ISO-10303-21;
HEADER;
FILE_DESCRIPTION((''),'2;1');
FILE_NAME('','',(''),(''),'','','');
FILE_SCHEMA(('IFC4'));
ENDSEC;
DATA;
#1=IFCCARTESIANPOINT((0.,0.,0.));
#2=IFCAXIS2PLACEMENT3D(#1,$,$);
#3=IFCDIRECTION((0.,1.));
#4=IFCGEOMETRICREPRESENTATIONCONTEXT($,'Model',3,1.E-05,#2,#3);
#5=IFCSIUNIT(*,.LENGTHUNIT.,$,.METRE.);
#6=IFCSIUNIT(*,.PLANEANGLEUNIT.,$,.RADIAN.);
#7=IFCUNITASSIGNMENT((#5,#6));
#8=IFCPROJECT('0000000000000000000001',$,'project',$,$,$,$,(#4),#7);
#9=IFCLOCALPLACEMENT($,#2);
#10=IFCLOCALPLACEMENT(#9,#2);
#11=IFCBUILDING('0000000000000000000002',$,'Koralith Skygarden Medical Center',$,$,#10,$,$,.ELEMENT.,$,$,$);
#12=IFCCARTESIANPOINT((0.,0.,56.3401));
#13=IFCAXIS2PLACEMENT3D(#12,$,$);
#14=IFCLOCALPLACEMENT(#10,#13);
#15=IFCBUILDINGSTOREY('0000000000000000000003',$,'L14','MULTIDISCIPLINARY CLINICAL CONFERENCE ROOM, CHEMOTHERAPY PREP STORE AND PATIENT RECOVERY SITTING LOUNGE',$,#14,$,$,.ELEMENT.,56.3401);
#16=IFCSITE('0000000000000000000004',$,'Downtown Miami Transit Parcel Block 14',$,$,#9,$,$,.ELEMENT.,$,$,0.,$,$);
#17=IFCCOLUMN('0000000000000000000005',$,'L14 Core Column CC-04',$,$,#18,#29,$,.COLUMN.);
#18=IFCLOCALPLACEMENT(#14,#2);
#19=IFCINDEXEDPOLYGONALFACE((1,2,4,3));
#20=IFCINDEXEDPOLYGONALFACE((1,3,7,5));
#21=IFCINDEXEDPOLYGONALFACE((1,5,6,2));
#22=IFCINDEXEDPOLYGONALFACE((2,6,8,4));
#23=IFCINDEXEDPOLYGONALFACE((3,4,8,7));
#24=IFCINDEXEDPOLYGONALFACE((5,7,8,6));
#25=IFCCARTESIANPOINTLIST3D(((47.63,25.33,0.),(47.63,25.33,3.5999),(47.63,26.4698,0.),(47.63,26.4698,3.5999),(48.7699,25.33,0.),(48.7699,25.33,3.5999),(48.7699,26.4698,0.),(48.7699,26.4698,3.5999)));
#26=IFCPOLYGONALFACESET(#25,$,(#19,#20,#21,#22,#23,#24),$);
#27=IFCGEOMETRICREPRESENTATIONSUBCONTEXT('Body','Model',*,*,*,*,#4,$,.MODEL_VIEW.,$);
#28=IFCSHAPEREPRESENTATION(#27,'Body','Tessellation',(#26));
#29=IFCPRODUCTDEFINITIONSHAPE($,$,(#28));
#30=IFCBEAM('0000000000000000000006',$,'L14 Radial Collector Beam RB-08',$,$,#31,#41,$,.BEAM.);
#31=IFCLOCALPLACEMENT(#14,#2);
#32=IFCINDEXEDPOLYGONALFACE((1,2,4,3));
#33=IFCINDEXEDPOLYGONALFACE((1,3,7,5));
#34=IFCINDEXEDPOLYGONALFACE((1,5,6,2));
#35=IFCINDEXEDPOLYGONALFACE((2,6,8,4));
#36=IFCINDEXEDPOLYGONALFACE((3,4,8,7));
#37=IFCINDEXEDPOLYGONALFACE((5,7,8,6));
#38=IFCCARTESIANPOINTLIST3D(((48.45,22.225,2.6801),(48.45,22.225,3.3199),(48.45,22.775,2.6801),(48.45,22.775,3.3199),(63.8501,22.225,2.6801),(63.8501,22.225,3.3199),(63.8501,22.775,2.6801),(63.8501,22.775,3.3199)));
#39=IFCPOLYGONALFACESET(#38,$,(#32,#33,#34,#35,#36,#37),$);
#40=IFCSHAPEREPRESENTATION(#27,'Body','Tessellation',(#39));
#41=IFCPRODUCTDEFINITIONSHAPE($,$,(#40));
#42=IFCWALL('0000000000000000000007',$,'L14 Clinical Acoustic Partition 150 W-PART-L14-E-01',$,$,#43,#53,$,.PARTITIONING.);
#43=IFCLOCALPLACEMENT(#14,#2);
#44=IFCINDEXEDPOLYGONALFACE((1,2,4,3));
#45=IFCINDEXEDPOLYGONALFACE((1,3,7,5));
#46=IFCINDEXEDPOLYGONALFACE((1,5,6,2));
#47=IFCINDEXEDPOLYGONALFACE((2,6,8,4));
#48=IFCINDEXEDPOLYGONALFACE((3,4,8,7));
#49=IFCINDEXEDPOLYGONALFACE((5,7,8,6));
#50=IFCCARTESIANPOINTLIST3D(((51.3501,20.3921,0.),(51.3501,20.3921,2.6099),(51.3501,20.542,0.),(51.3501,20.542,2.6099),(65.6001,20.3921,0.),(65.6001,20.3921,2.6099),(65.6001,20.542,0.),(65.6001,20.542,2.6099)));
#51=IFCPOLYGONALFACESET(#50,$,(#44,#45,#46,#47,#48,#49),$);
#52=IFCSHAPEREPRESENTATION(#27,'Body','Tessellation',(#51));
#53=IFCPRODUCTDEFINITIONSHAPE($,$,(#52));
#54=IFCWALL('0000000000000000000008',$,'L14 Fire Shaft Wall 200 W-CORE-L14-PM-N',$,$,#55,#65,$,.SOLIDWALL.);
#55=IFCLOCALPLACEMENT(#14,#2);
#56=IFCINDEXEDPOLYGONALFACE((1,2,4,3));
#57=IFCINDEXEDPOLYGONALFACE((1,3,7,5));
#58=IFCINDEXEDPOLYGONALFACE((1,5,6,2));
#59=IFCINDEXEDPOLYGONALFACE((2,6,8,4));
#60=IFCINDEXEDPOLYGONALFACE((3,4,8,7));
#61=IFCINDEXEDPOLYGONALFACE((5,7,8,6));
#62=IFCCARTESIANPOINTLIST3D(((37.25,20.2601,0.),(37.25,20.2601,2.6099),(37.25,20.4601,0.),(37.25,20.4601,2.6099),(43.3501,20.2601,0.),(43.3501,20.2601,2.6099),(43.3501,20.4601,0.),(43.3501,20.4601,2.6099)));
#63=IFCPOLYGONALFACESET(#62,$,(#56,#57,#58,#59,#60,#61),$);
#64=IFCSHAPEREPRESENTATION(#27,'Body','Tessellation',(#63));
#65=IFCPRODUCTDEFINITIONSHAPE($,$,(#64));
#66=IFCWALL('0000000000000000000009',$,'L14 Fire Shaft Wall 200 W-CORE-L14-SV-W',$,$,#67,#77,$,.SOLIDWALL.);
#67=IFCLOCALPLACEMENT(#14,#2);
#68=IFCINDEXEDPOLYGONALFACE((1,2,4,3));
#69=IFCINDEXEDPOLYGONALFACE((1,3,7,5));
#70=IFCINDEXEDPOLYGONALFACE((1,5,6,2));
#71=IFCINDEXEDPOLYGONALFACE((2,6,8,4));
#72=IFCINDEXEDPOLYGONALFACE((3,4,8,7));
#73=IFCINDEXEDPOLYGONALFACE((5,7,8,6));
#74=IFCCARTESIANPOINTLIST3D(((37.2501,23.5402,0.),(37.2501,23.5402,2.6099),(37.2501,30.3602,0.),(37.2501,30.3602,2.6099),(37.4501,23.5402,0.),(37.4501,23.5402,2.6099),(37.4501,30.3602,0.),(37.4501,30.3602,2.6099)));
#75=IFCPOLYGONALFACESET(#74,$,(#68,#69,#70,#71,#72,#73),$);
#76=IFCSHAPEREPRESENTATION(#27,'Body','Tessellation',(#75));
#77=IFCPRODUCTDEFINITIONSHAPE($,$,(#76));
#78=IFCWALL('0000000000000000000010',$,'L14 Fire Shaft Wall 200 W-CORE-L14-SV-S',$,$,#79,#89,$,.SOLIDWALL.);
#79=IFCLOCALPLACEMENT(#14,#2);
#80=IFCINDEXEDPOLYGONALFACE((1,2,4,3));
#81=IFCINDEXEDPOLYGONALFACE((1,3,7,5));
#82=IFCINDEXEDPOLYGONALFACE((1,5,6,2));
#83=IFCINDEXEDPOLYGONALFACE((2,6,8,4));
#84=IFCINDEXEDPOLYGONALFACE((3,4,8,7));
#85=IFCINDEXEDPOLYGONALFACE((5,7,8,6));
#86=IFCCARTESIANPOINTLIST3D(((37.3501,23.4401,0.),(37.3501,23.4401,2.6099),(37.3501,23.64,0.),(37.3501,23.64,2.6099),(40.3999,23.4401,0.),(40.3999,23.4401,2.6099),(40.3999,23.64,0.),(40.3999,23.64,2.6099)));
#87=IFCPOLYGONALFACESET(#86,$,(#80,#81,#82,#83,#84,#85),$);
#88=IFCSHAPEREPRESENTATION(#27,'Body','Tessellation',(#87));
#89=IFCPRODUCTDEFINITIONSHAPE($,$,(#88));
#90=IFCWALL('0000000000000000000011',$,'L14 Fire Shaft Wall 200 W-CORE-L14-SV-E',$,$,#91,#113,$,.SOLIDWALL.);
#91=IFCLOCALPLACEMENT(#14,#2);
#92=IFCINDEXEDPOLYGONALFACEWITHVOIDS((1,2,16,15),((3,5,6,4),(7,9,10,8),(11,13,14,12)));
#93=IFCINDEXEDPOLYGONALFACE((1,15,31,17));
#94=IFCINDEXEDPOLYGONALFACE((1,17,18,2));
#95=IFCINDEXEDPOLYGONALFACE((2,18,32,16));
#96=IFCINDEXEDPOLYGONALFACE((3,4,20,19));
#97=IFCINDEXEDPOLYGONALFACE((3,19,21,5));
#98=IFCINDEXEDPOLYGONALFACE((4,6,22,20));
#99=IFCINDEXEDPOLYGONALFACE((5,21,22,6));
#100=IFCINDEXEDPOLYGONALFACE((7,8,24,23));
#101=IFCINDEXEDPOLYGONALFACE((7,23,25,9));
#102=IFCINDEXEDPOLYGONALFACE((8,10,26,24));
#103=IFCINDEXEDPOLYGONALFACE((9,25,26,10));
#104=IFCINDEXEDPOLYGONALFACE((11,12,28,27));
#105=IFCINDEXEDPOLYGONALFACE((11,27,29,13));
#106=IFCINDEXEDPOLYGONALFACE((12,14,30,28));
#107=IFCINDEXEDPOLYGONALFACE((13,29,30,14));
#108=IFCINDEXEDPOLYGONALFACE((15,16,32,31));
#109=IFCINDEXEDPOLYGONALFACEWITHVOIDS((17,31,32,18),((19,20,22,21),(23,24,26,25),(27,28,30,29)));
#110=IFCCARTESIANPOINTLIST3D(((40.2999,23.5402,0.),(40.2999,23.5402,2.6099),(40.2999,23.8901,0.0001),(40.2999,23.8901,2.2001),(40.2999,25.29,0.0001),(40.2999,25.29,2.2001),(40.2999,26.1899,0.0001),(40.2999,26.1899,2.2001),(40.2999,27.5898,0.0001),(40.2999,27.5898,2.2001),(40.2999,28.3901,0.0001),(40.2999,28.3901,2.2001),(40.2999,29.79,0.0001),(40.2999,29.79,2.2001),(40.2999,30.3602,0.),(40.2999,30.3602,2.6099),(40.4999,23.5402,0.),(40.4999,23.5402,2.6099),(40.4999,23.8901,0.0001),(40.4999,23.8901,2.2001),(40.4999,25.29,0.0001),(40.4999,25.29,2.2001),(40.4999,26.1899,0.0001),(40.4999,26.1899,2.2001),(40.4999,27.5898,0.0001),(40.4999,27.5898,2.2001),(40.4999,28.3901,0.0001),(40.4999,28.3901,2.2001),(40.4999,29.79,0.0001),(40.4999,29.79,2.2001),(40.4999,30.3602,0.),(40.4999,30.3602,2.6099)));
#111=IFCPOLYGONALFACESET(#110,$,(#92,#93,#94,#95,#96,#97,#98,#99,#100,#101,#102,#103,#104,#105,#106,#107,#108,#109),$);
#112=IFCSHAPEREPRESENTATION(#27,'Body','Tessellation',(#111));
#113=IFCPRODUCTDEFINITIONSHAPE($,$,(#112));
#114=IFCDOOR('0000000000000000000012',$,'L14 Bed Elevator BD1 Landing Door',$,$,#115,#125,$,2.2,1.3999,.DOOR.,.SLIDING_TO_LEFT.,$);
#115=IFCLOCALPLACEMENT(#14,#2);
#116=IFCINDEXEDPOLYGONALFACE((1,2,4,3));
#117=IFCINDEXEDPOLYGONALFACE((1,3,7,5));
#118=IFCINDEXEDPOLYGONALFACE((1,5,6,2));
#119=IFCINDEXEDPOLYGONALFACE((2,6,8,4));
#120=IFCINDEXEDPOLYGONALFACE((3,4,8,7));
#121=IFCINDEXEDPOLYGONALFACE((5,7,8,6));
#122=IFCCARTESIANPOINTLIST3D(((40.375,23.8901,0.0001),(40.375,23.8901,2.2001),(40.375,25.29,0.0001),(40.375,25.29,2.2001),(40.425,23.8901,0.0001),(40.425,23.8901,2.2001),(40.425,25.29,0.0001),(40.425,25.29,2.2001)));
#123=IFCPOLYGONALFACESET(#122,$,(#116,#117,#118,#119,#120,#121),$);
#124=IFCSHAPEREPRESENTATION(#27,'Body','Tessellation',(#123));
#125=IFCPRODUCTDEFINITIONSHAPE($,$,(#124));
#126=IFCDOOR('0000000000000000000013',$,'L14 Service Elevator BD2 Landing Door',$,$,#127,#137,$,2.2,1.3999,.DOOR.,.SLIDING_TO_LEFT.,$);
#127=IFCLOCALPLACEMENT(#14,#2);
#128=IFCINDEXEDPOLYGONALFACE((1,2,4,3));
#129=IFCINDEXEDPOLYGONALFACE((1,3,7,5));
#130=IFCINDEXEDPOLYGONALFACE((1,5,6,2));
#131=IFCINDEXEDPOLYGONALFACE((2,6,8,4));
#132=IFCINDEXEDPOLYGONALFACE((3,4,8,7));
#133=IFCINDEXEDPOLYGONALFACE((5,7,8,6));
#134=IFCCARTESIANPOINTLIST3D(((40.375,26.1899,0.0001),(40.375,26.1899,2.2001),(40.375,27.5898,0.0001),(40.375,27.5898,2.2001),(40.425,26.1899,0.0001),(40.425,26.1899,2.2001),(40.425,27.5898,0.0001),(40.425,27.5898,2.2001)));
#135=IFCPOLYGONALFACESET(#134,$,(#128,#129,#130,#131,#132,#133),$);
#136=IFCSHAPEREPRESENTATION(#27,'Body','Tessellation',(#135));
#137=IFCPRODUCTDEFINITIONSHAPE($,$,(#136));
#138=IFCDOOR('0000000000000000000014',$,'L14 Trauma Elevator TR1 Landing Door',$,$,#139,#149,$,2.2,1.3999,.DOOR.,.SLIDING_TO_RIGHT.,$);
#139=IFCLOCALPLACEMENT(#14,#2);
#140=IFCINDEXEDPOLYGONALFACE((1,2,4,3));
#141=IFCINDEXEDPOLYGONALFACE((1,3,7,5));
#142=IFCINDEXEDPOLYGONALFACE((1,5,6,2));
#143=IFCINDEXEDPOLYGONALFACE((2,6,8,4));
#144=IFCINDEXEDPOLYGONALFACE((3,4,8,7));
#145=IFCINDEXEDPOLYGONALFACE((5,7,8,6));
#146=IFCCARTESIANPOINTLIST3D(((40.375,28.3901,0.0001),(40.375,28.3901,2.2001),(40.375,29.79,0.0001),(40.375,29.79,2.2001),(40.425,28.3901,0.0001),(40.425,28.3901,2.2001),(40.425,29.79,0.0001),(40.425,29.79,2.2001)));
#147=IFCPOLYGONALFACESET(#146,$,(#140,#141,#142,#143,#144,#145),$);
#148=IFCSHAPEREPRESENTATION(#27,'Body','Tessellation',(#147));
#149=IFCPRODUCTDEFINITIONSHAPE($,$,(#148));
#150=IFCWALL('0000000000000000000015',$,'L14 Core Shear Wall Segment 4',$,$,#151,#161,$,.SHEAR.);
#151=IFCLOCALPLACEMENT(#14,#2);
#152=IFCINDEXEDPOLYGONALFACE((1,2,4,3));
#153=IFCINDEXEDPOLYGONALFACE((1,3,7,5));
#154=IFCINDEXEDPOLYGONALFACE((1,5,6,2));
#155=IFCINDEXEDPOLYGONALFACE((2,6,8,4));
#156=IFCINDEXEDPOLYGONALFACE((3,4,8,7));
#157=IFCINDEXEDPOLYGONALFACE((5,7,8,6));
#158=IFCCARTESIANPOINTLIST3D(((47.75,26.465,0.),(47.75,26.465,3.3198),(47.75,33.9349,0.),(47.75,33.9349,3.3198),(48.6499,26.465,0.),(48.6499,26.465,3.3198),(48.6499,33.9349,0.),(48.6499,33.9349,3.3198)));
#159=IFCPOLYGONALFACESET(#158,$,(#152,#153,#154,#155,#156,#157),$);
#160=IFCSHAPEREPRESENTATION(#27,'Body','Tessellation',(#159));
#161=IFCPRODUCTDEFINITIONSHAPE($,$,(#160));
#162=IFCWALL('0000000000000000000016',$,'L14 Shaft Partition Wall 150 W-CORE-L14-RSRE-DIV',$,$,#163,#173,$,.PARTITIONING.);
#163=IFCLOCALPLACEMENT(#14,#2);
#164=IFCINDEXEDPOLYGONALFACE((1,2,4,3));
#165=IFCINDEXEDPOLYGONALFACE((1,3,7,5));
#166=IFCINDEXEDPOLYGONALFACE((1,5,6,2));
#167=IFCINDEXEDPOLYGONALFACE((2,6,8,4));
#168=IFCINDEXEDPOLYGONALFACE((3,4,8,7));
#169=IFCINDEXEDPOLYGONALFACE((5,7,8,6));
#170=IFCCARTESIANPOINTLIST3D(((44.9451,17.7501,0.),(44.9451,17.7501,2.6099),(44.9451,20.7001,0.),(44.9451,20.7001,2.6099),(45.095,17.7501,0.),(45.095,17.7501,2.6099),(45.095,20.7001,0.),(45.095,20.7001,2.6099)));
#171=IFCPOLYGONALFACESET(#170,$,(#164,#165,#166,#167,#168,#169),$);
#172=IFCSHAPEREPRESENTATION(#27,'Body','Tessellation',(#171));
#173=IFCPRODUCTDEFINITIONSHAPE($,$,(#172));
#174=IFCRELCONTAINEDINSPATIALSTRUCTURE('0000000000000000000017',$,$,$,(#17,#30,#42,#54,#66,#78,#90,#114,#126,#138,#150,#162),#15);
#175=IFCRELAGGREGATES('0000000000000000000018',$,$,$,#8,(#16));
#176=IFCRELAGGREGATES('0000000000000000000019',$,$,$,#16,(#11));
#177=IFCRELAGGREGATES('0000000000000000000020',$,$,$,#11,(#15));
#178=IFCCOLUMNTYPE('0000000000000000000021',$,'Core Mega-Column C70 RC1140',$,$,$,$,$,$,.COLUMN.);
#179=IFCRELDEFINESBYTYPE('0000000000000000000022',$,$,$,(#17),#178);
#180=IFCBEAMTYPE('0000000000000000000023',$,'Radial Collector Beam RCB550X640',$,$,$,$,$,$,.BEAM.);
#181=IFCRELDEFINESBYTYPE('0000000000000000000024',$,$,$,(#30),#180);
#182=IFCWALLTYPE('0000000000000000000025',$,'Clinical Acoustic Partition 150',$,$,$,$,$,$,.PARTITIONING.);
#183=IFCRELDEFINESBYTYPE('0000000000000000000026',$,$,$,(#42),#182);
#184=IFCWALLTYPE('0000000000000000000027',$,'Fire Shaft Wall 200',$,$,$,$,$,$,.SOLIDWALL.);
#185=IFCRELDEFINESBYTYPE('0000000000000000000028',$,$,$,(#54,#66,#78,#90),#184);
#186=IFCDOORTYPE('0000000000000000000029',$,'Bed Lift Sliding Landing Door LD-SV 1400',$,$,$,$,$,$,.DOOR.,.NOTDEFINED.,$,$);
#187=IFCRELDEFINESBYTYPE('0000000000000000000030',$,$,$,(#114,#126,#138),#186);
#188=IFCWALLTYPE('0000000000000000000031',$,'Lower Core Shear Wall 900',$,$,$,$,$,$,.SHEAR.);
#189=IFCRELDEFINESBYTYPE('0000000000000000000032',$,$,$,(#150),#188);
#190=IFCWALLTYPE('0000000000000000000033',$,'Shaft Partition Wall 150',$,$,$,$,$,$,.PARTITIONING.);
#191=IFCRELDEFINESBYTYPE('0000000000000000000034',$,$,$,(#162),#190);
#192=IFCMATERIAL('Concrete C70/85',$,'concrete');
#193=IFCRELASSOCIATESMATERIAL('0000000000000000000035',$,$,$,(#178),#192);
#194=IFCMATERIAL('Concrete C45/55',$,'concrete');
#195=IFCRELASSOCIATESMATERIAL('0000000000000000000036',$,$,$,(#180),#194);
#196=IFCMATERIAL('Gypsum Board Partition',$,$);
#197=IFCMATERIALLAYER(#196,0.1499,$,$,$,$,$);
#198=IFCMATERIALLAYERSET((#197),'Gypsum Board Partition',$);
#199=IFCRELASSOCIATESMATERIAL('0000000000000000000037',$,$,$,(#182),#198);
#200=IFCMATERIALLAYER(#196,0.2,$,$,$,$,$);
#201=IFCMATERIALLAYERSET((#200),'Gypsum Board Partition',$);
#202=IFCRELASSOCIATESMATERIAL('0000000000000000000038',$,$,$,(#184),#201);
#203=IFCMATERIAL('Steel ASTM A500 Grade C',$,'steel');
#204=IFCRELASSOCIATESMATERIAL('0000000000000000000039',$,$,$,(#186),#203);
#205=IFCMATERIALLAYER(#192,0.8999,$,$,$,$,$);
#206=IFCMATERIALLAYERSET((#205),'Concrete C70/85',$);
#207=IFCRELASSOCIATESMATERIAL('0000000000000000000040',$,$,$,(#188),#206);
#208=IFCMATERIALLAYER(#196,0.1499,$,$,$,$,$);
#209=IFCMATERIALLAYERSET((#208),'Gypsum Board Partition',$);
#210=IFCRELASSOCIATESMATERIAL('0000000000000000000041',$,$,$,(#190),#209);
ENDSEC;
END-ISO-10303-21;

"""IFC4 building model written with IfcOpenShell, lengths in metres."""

from ifc_helpers import new_model, si_unit, direction, frame, frame_2d, origin, origin_2d, place, context, subcontext, project, spatial, rectangle, extrude, material, layer, layer_set, material_profile, profile_set, type_object, element, fill, save


model = new_model("IFC4")

# Units and contexts
model_context = context("Model", 3, precision=1e-05, world=origin(), true_north=direction((0.0, 1.0)))
body_context = subcontext(model_context, "Body", "Model", "MODEL_VIEW")
ifc_project = project(units=[si_unit("LENGTHUNIT", "METRE"), si_unit("PLANEANGLEUNIT", "RADIAN")], contexts=[model_context])

# Site, building, storey
site_placement = place(None, origin())
site = spatial("IfcSite", under=ifc_project, at=site_placement, Name="Downtown Miami Transit Parcel Block 14", CompositionType="ELEMENT", RefElevation=0.0)
building_placement = place(site_placement, origin())
building = spatial("IfcBuilding", under=site, at=building_placement, Name="Koralith Skygarden Medical Center", CompositionType="ELEMENT")
storey_placement = place(building_placement, frame((0.0, 0.0, 56.3401)))
storey = spatial("IfcBuildingStorey", under=building, at=storey_placement, Name="L14", Description="MULTIDISCIPLINARY CLINICAL CONFERENCE ROOM, CHEMOTHERAPY PREP STORE AND PATIENT RECOVERY SITTING LOUNGE", CompositionType="ELEMENT", Elevation=56.3401)

# Column
ifc_material_1 = material(Name="Concrete C70/85", Category="concrete")
ifc_material_profile_1 = material_profile(ifc_material_1, rectangle(XDim=1.1399, YDim=1.1399, at=origin_2d()), Name="RC1140X1140")
ifc_profile_set_1 = profile_set([ifc_material_profile_1], Name="Concrete C70/85")
column_type = type_object("IfcColumnType", Name="Core Mega-Column C70 RC1140", PredefinedType="COLUMN", material=ifc_profile_set_1)
column_placement = place(storey_placement, frame((48.2, 25.8999, 0.0), z_axis=(0.0, 0.0, 1.0), x_axis=(1.0, 0.0, 0.0)))
element("IfcColumn", 1, at=column_placement, inside=storey, type_object=column_type, Name="L14 Core Column CC-04", PredefinedType="COLUMN", context=body_context, shape_type="SweptSolid", body=[
    extrude(rectangle(XDim=1.1399, YDim=1.1399, at=origin_2d()), origin(), (0.0, 0.0, 1.0), 3.5999),
])

# Beam
ifc_material_2 = material(Name="Concrete C45/55", Category="concrete")
ifc_material_profile_2 = material_profile(ifc_material_2, rectangle(XDim=0.55, YDim=0.6399, at=origin_2d()), Name="RCB550X640")
ifc_profile_set_2 = profile_set([ifc_material_profile_2], Name="Concrete C45/55")
beam_type = type_object("IfcBeamType", Name="Radial Collector Beam RCB550X640", PredefinedType="BEAM", material=ifc_profile_set_2)
beam_placement = place(storey_placement, frame((48.45, 22.5, 3.0), z_axis=(1.0, 0.0, 0.0), x_axis=(0.0, 1.0, 0.0)))
element("IfcBeam", 2, at=beam_placement, inside=storey, type_object=beam_type, Name="L14 Radial Collector Beam RB-08", PredefinedType="BEAM", context=body_context, shape_type="SweptSolid", body=[
    extrude(rectangle(XDim=0.55, YDim=0.6399, at=origin_2d()), origin(), (0.0, 0.0, 1.0), 15.4001),
])

# Wall
ifc_material_3 = material(Name="Gypsum Board Partition")
ifc_layer_1 = layer(ifc_material_3, 0.1499)
ifc_layer_set_1 = layer_set([ifc_layer_1], Name="Gypsum Board Partition")
wall_type_1 = type_object("IfcWallType", Name="Clinical Acoustic Partition 150", PredefinedType="PARTITIONING", material=ifc_layer_set_1)
wall_1_placement = place(storey_placement, frame((51.3501, 20.467, 0.0), z_axis=(0.0, 0.0, 1.0), x_axis=(1.0, 0.0, 0.0)))
element("IfcWall", 3, at=wall_1_placement, inside=storey, type_object=wall_type_1, Name="L14 Clinical Acoustic Partition 150 W-PART-L14-E-01", PredefinedType="PARTITIONING", context=body_context, shape_type="SweptSolid", body=[
    extrude(rectangle(XDim=14.25, YDim=0.1499, at=frame_2d((7.125, 0.0))), origin(), (0.0, 0.0, 1.0), 2.6099),
])

# Shared definitions
ifc_layer_2 = layer(ifc_material_3, 0.2)
ifc_layer_set_2 = layer_set([ifc_layer_2], Name="Gypsum Board Partition")
wall_type_2 = type_object("IfcWallType", Name="Fire Shaft Wall 200", PredefinedType="SOLIDWALL", material=ifc_layer_set_2)
ifc_material_4 = material(Name="Steel ASTM A500 Grade C", Category="steel")

# Walls
wall_2_placement = place(storey_placement, frame((37.25, 20.3601, 0.0), z_axis=(0.0, 0.0, 1.0), x_axis=(1.0, 0.0, 0.0)))
element("IfcWall", 4, at=wall_2_placement, inside=storey, type_object=wall_type_2, Name="L14 Fire Shaft Wall 200 W-CORE-L14-PM-N", PredefinedType="SOLIDWALL", context=body_context, shape_type="SweptSolid", body=[
    extrude(rectangle(XDim=6.1001, YDim=0.2, at=frame_2d((3.05, 0.0))), origin(), (0.0, 0.0, 1.0), 2.6099),
])
wall_3_placement = place(storey_placement, frame((37.3501, 23.54, 0.0), z_axis=(0.0, 0.0, 1.0), x_axis=(0.0, 1.0, 0.0)))
element("IfcWall", 5, at=wall_3_placement, inside=storey, type_object=wall_type_2, Name="L14 Fire Shaft Wall 200 W-CORE-L14-SV-W", PredefinedType="SOLIDWALL", context=body_context, shape_type="SweptSolid", body=[
    extrude(rectangle(XDim=6.8201, YDim=0.2, at=frame_2d((3.4102, 0.0))), origin(), (0.0, 0.0, 1.0), 2.6099),
])
wall_4_placement = place(storey_placement, frame((37.3501, 23.54, 0.0), z_axis=(0.0, 0.0, 1.0), x_axis=(1.0, 0.0, 0.0)))
element("IfcWall", 6, at=wall_4_placement, inside=storey, type_object=wall_type_2, Name="L14 Fire Shaft Wall 200 W-CORE-L14-SV-S", PredefinedType="SOLIDWALL", context=body_context, shape_type="SweptSolid", body=[
    extrude(rectangle(XDim=3.0498, YDim=0.2, at=frame_2d((1.5249, 0.0))), origin(), (0.0, 0.0, 1.0), 2.6099),
])

# Wall, openings, doors
wall_5_placement = place(storey_placement, frame((40.3999, 23.54, 0.0), z_axis=(0.0, 0.0, 1.0), x_axis=(0.0, 1.0, 0.0)))
wall_5 = element("IfcWall", 7, at=wall_5_placement, inside=storey, type_object=wall_type_2, Name="L14 Fire Shaft Wall 200 W-CORE-L14-SV-E", PredefinedType="SOLIDWALL", context=body_context, shape_type="SweptSolid", body=[
    extrude(rectangle(XDim=6.8201, YDim=0.2, at=frame_2d((3.4102, 0.0))), origin(), (0.0, 0.0, 1.0), 2.6099),
])
opening_1_placement = place(wall_5_placement, frame((0.3501, 0.0, 0.0)))
opening_1 = element("IfcOpeningElement", 8, at=opening_1_placement, cuts=wall_5, PredefinedType="OPENING", context=body_context, shape_type="SweptSolid", body=[
    extrude(rectangle(XDim=1.3999, YDim=2.2, at=frame_2d((0.7, 1.1001))), frame((0.0, 0.1099, 0.0), z_axis=(0.0, -1.0, 0.0), x_axis=(1.0, 0.0, 0.0)), (0.0, 0.0, 1.0), 0.22),
])
opening_2_placement = place(wall_5_placement, frame((2.6499, 0.0, 0.0)))
opening_2 = element("IfcOpeningElement", 9, at=opening_2_placement, cuts=wall_5, PredefinedType="OPENING", context=body_context, shape_type="SweptSolid", body=[
    extrude(rectangle(XDim=1.3999, YDim=2.2, at=frame_2d((0.7, 1.1001))), frame((0.0, 0.1099, 0.0), z_axis=(0.0, -1.0, 0.0), x_axis=(1.0, 0.0, 0.0)), (0.0, 0.0, 1.0), 0.22),
])
opening_3_placement = place(wall_5_placement, frame((4.8501, 0.0, 0.0)))
opening_3 = element("IfcOpeningElement", 10, at=opening_3_placement, cuts=wall_5, PredefinedType="OPENING", context=body_context, shape_type="SweptSolid", body=[
    extrude(rectangle(XDim=1.3999, YDim=2.2, at=frame_2d((0.7, 1.1001))), frame((0.0, 0.1099, 0.0), z_axis=(0.0, -1.0, 0.0), x_axis=(1.0, 0.0, 0.0)), (0.0, 0.0, 1.0), 0.22),
])
door_type_1 = type_object("IfcDoorType", Name="Bed Lift Sliding Landing Door LD-SV 1400", OperationType="NOTDEFINED", PredefinedType="DOOR", material=ifc_material_4)
door_1_placement = place(opening_1_placement, origin())
door_1 = element("IfcDoor", 11, at=door_1_placement, inside=storey, type_object=door_type_1, Name="L14 Bed Elevator BD1 Landing Door", OperationType="SLIDING_TO_LEFT", OverallHeight=2.2, OverallWidth=1.3999, PredefinedType="DOOR", context=body_context, shape_type="SweptSolid", body=[
    extrude(rectangle(XDim=1.3999, YDim=2.2, at=frame_2d((0.7, 1.1001))), frame((0.0, 0.0249, 0.0), z_axis=(0.0, -1.0, 0.0), x_axis=(1.0, 0.0, 0.0)), (0.0, 0.0, 1.0), 0.05),
])
fill(opening_1, door_1)
door_2_placement = place(opening_2_placement, origin())
door_2 = element("IfcDoor", 12, at=door_2_placement, inside=storey, type_object=door_type_1, Name="L14 Service Elevator BD2 Landing Door", OperationType="SLIDING_TO_LEFT", OverallHeight=2.2, OverallWidth=1.3999, PredefinedType="DOOR", context=body_context, shape_type="SweptSolid", body=[
    extrude(rectangle(XDim=1.3999, YDim=2.2, at=frame_2d((0.7, 1.1001))), frame((0.0, 0.0249, 0.0), z_axis=(0.0, -1.0, 0.0), x_axis=(1.0, 0.0, 0.0)), (0.0, 0.0, 1.0), 0.05),
])
fill(opening_2, door_2)
door_3_placement = place(opening_3_placement, origin())
door_3 = element("IfcDoor", 13, at=door_3_placement, inside=storey, type_object=door_type_1, Name="L14 Trauma Elevator TR1 Landing Door", OperationType="SLIDING_TO_RIGHT", OverallHeight=2.2, OverallWidth=1.3999, PredefinedType="DOOR", context=body_context, shape_type="SweptSolid", body=[
    extrude(rectangle(XDim=1.3999, YDim=2.2, at=frame_2d((0.7, 1.1001))), frame((0.0, 0.0249, 0.0), z_axis=(0.0, -1.0, 0.0), x_axis=(1.0, 0.0, 0.0)), (0.0, 0.0, 1.0), 0.05),
])
fill(opening_3, door_3)

# Shared definitions
ifc_layer_3 = layer(ifc_material_1, 0.8999)
ifc_layer_set_3 = layer_set([ifc_layer_3], Name="Concrete C70/85")
wall_type_3 = type_object("IfcWallType", Name="Lower Core Shear Wall 900", PredefinedType="SHEAR", material=ifc_layer_set_3)

# Walls
wall_6_placement = place(storey_placement, frame((48.2, 26.4651, 0.0), z_axis=(0.0, 0.0, 1.0), x_axis=(0.0, 1.0, 0.0)))
element("IfcWall", 14, at=wall_6_placement, inside=storey, type_object=wall_type_3, Name="L14 Core Shear Wall Segment 4", PredefinedType="SHEAR", context=body_context, shape_type="SweptSolid", body=[
    extrude(rectangle(XDim=7.47, YDim=0.8999, at=frame_2d((3.7349, 0.0))), origin(), (0.0, 0.0, 1.0), 3.3198),
])
ifc_layer_4 = layer(ifc_material_3, 0.1499)
ifc_layer_set_4 = layer_set([ifc_layer_4], Name="Gypsum Board Partition")
wall_type_4 = type_object("IfcWallType", Name="Shaft Partition Wall 150", PredefinedType="PARTITIONING", material=ifc_layer_set_4)
wall_7_placement = place(storey_placement, frame((45.02, 17.75, 0.0), z_axis=(0.0, 0.0, 1.0), x_axis=(0.0, 1.0, 0.0)))
element("IfcWall", 15, at=wall_7_placement, inside=storey, type_object=wall_type_4, Name="L14 Shaft Partition Wall 150 W-CORE-L14-RSRE-DIV", PredefinedType="PARTITIONING", context=body_context, shape_type="SweptSolid", body=[
    extrude(rectangle(XDim=2.95, YDim=0.1499, at=frame_2d((1.4751, 0.0))), origin(), (0.0, 0.0, 1.0), 2.6099),
])

save(model, "model.ifc")
